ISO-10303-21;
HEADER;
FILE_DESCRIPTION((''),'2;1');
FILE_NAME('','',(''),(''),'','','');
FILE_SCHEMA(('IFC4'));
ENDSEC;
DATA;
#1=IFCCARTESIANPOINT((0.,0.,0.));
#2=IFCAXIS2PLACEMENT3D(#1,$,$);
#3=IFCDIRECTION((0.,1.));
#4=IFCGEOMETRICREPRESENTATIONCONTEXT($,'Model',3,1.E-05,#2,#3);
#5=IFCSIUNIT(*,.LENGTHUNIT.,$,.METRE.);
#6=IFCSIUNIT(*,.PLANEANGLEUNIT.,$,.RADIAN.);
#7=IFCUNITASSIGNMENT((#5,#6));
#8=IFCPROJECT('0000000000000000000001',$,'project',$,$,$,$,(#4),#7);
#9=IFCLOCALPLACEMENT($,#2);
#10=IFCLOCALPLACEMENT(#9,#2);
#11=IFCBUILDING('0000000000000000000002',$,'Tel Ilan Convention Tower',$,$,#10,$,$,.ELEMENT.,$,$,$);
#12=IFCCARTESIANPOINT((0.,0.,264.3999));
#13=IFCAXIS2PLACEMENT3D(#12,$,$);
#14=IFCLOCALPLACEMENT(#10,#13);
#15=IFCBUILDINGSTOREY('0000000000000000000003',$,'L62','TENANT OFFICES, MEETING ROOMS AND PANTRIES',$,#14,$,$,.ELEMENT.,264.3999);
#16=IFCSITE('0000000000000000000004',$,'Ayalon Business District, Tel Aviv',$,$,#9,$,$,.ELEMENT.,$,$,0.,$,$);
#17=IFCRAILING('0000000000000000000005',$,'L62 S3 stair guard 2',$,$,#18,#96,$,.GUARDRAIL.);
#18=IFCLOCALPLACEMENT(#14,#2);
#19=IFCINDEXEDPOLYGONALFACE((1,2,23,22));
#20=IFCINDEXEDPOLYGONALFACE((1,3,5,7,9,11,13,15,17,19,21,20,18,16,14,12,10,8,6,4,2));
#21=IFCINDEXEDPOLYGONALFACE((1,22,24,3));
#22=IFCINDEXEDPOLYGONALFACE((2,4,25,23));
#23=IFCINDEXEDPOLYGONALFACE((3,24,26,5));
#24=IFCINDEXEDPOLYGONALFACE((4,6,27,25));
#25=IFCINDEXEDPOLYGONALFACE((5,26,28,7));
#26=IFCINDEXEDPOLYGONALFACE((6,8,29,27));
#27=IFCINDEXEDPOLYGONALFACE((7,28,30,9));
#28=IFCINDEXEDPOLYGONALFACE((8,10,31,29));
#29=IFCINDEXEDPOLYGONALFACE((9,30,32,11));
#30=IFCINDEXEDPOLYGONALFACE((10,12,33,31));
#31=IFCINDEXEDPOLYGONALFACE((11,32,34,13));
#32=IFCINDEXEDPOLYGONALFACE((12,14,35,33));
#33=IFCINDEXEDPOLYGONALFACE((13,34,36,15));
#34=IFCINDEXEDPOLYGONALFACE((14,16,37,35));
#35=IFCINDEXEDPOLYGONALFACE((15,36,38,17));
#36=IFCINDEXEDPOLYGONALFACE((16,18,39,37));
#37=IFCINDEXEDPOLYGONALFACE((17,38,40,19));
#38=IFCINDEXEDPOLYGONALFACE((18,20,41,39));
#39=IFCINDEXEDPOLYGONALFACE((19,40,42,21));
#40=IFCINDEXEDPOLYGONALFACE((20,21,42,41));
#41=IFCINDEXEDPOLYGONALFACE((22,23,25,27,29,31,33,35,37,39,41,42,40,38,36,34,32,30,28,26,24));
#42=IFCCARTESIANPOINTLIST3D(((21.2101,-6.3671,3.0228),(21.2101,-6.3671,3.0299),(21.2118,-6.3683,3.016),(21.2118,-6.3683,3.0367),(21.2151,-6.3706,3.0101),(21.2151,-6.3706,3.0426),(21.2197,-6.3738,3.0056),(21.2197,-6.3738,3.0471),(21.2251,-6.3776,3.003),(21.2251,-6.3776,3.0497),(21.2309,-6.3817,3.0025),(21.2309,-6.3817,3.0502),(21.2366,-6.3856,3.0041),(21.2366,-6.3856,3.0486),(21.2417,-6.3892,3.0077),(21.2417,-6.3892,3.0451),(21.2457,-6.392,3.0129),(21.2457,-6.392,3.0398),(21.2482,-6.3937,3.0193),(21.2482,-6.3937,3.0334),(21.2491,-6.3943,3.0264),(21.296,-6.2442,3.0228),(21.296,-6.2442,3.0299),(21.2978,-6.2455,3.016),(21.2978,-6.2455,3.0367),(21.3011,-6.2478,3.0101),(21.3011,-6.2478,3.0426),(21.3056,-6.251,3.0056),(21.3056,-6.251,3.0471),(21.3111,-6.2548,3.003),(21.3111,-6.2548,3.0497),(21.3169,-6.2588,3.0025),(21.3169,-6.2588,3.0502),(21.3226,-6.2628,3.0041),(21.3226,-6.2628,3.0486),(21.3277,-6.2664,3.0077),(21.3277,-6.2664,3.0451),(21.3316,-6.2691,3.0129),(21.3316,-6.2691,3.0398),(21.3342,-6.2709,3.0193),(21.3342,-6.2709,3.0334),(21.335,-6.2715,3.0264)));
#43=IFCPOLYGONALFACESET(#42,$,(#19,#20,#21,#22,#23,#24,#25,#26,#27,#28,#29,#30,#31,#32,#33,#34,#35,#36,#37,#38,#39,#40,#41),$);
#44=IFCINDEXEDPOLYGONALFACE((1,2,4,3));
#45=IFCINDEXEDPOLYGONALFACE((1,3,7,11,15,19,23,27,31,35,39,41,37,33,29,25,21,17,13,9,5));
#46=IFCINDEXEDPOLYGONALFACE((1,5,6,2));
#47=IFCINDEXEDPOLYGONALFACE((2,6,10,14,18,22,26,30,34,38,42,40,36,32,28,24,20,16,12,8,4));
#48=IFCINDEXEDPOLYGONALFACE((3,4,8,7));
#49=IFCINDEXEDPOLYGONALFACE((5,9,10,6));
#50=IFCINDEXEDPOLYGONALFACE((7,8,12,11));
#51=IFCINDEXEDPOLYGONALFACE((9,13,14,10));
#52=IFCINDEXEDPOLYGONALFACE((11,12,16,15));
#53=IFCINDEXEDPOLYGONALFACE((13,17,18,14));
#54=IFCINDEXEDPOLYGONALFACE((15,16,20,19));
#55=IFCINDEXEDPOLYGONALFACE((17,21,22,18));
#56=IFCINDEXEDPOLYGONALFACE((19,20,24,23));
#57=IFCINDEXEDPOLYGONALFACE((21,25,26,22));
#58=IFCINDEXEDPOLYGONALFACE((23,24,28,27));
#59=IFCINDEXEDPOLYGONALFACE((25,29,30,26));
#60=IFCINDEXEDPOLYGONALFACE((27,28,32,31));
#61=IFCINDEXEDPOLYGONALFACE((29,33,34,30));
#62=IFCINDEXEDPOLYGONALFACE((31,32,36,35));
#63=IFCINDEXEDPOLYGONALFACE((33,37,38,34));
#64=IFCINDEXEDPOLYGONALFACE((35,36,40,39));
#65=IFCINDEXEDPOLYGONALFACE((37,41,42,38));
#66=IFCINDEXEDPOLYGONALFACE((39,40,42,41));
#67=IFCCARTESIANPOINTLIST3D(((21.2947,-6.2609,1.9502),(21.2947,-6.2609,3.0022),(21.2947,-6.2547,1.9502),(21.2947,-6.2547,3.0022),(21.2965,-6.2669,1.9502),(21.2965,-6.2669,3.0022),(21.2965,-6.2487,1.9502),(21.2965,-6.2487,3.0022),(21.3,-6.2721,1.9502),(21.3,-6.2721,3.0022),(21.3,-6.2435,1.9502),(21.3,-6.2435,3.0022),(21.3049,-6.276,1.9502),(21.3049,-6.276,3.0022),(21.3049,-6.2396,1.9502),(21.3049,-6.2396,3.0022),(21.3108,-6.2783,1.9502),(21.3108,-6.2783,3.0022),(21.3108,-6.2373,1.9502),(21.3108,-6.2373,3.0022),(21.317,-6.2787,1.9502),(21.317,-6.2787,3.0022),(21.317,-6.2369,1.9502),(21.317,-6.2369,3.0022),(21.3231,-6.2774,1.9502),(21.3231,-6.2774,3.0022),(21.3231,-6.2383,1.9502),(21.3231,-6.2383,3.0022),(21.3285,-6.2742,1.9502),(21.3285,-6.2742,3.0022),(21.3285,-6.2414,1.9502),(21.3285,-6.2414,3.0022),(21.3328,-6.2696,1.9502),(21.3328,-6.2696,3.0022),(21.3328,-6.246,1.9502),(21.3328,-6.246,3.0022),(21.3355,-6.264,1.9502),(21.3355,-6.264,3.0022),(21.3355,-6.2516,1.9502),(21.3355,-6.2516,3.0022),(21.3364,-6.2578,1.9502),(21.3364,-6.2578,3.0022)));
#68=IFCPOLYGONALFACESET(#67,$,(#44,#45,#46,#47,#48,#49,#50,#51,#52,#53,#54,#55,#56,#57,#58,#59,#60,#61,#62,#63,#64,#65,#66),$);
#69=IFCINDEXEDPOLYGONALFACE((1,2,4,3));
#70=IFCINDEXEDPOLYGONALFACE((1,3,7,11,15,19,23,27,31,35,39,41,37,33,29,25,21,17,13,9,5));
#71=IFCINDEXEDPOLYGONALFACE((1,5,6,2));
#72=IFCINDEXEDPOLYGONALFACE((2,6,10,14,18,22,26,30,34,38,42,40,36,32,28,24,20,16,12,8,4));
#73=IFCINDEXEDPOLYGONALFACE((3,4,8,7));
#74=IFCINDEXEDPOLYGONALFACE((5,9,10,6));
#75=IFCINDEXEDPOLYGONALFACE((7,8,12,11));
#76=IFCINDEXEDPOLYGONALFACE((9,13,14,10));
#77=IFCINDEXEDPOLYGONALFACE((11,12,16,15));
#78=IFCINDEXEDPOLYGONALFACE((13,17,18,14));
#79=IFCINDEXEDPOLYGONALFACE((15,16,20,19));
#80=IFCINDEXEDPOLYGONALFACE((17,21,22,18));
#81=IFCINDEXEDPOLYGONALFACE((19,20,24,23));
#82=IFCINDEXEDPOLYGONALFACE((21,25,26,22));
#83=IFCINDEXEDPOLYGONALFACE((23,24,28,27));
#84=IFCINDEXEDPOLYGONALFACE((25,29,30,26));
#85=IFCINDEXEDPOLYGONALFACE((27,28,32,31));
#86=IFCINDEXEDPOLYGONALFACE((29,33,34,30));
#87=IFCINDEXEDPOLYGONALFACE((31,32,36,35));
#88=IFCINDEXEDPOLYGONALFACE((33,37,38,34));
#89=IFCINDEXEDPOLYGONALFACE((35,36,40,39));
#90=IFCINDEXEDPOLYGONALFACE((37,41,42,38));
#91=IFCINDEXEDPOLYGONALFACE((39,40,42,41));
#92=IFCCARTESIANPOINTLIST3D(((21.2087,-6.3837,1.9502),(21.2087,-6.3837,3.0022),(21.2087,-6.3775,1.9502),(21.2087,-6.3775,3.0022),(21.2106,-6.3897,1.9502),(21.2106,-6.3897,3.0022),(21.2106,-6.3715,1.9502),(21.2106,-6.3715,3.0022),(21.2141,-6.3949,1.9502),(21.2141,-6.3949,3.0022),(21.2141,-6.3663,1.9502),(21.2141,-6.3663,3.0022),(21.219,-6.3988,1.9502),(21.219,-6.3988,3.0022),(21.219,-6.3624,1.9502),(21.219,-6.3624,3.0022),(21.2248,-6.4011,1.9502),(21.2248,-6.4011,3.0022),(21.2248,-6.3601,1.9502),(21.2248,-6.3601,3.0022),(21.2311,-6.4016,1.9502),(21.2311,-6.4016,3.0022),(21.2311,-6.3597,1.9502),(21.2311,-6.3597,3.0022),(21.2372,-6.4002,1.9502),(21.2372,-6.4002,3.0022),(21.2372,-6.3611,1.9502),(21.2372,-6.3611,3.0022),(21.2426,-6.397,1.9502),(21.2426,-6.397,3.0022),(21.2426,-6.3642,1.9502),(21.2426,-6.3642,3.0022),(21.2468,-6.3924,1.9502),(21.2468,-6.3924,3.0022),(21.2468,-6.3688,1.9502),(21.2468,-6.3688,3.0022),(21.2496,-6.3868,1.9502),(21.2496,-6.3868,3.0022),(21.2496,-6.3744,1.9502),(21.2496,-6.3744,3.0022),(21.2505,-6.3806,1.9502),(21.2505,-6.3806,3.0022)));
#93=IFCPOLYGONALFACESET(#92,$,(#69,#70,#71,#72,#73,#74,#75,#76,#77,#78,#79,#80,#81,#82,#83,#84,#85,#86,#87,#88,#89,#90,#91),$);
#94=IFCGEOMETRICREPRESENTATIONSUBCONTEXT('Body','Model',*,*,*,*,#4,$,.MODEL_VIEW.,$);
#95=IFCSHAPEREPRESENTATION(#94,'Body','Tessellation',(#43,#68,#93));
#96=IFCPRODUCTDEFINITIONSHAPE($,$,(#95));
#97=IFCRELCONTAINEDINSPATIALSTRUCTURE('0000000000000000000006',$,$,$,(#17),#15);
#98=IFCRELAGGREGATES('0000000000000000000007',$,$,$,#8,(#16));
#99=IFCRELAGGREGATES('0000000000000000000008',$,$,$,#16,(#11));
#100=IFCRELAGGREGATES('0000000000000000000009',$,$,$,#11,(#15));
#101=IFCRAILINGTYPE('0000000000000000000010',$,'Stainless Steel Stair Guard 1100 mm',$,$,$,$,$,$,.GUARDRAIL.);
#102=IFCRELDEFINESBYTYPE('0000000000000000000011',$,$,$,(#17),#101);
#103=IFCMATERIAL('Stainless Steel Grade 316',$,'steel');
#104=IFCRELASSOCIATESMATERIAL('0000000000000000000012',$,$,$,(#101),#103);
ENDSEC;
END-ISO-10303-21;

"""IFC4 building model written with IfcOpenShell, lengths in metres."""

from ifc_helpers import new_model, si_unit, direction, frame, origin, origin_2d, place, context, subcontext, project, spatial, circle, extrude, material, type_object, element, save


model = new_model("IFC4")

# Units and contexts
model_context = context("Model", 3, precision=1e-05, world=origin(), true_north=direction((0.0, 1.0)))
body_context = subcontext(model_context, "Body", "Model", "MODEL_VIEW")
ifc_project = project(units=[si_unit("LENGTHUNIT", "METRE"), si_unit("PLANEANGLEUNIT", "RADIAN")], contexts=[model_context])

# Site, building, storey
site_placement = place(None, origin())
site = spatial("IfcSite", under=ifc_project, at=site_placement, Name="Ayalon Business District, Tel Aviv", CompositionType="ELEMENT", RefElevation=0.0)
building_placement = place(site_placement, origin())
building = spatial("IfcBuilding", under=site, at=building_placement, Name="Tel Ilan Convention Tower", CompositionType="ELEMENT")
storey_placement = place(building_placement, frame((0.0, 0.0, 264.3999)))
storey = spatial("IfcBuildingStorey", under=building, at=storey_placement, Name="L62", Description="TENANT OFFICES, MEETING ROOMS AND PANTRIES", CompositionType="ELEMENT", Elevation=264.3999)

# Railing
ifc_material_1 = material(Name="Stainless Steel Grade 316", Category="steel")
railing_type_1 = type_object("IfcRailingType", Name="Stainless Steel Stair Guard 1100 mm", PredefinedType="GUARDRAIL", material=ifc_material_1)
railing_1_placement = place(storey_placement, frame((21.3154, -6.2578, 1.9502)))
element("IfcRailing", 1, at=railing_1_placement, inside=storey, type_object=railing_type_1, Name="L62 S3 stair guard 2", PredefinedType="GUARDRAIL", context=body_context, shape_type="SweptSolid", body=[
    extrude(circle(Radius=0.0239, at=origin_2d()), frame((0.0, 0.0, 1.0762), z_axis=(-0.573353, -0.819308, 0.0), x_axis=(0.819308, -0.573353, 0.0)), (0.0, 0.0, 1.0), 0.1499),
    extrude(circle(Radius=0.021, at=origin_2d()), origin(), (0.0, 0.0, 1.0), 1.052),
    extrude(circle(Radius=0.021, at=origin_2d()), frame((-0.0859, -0.1228, 0.0)), (0.0, 0.0, 1.0), 1.052),
])

save(model, "model.ifc")
